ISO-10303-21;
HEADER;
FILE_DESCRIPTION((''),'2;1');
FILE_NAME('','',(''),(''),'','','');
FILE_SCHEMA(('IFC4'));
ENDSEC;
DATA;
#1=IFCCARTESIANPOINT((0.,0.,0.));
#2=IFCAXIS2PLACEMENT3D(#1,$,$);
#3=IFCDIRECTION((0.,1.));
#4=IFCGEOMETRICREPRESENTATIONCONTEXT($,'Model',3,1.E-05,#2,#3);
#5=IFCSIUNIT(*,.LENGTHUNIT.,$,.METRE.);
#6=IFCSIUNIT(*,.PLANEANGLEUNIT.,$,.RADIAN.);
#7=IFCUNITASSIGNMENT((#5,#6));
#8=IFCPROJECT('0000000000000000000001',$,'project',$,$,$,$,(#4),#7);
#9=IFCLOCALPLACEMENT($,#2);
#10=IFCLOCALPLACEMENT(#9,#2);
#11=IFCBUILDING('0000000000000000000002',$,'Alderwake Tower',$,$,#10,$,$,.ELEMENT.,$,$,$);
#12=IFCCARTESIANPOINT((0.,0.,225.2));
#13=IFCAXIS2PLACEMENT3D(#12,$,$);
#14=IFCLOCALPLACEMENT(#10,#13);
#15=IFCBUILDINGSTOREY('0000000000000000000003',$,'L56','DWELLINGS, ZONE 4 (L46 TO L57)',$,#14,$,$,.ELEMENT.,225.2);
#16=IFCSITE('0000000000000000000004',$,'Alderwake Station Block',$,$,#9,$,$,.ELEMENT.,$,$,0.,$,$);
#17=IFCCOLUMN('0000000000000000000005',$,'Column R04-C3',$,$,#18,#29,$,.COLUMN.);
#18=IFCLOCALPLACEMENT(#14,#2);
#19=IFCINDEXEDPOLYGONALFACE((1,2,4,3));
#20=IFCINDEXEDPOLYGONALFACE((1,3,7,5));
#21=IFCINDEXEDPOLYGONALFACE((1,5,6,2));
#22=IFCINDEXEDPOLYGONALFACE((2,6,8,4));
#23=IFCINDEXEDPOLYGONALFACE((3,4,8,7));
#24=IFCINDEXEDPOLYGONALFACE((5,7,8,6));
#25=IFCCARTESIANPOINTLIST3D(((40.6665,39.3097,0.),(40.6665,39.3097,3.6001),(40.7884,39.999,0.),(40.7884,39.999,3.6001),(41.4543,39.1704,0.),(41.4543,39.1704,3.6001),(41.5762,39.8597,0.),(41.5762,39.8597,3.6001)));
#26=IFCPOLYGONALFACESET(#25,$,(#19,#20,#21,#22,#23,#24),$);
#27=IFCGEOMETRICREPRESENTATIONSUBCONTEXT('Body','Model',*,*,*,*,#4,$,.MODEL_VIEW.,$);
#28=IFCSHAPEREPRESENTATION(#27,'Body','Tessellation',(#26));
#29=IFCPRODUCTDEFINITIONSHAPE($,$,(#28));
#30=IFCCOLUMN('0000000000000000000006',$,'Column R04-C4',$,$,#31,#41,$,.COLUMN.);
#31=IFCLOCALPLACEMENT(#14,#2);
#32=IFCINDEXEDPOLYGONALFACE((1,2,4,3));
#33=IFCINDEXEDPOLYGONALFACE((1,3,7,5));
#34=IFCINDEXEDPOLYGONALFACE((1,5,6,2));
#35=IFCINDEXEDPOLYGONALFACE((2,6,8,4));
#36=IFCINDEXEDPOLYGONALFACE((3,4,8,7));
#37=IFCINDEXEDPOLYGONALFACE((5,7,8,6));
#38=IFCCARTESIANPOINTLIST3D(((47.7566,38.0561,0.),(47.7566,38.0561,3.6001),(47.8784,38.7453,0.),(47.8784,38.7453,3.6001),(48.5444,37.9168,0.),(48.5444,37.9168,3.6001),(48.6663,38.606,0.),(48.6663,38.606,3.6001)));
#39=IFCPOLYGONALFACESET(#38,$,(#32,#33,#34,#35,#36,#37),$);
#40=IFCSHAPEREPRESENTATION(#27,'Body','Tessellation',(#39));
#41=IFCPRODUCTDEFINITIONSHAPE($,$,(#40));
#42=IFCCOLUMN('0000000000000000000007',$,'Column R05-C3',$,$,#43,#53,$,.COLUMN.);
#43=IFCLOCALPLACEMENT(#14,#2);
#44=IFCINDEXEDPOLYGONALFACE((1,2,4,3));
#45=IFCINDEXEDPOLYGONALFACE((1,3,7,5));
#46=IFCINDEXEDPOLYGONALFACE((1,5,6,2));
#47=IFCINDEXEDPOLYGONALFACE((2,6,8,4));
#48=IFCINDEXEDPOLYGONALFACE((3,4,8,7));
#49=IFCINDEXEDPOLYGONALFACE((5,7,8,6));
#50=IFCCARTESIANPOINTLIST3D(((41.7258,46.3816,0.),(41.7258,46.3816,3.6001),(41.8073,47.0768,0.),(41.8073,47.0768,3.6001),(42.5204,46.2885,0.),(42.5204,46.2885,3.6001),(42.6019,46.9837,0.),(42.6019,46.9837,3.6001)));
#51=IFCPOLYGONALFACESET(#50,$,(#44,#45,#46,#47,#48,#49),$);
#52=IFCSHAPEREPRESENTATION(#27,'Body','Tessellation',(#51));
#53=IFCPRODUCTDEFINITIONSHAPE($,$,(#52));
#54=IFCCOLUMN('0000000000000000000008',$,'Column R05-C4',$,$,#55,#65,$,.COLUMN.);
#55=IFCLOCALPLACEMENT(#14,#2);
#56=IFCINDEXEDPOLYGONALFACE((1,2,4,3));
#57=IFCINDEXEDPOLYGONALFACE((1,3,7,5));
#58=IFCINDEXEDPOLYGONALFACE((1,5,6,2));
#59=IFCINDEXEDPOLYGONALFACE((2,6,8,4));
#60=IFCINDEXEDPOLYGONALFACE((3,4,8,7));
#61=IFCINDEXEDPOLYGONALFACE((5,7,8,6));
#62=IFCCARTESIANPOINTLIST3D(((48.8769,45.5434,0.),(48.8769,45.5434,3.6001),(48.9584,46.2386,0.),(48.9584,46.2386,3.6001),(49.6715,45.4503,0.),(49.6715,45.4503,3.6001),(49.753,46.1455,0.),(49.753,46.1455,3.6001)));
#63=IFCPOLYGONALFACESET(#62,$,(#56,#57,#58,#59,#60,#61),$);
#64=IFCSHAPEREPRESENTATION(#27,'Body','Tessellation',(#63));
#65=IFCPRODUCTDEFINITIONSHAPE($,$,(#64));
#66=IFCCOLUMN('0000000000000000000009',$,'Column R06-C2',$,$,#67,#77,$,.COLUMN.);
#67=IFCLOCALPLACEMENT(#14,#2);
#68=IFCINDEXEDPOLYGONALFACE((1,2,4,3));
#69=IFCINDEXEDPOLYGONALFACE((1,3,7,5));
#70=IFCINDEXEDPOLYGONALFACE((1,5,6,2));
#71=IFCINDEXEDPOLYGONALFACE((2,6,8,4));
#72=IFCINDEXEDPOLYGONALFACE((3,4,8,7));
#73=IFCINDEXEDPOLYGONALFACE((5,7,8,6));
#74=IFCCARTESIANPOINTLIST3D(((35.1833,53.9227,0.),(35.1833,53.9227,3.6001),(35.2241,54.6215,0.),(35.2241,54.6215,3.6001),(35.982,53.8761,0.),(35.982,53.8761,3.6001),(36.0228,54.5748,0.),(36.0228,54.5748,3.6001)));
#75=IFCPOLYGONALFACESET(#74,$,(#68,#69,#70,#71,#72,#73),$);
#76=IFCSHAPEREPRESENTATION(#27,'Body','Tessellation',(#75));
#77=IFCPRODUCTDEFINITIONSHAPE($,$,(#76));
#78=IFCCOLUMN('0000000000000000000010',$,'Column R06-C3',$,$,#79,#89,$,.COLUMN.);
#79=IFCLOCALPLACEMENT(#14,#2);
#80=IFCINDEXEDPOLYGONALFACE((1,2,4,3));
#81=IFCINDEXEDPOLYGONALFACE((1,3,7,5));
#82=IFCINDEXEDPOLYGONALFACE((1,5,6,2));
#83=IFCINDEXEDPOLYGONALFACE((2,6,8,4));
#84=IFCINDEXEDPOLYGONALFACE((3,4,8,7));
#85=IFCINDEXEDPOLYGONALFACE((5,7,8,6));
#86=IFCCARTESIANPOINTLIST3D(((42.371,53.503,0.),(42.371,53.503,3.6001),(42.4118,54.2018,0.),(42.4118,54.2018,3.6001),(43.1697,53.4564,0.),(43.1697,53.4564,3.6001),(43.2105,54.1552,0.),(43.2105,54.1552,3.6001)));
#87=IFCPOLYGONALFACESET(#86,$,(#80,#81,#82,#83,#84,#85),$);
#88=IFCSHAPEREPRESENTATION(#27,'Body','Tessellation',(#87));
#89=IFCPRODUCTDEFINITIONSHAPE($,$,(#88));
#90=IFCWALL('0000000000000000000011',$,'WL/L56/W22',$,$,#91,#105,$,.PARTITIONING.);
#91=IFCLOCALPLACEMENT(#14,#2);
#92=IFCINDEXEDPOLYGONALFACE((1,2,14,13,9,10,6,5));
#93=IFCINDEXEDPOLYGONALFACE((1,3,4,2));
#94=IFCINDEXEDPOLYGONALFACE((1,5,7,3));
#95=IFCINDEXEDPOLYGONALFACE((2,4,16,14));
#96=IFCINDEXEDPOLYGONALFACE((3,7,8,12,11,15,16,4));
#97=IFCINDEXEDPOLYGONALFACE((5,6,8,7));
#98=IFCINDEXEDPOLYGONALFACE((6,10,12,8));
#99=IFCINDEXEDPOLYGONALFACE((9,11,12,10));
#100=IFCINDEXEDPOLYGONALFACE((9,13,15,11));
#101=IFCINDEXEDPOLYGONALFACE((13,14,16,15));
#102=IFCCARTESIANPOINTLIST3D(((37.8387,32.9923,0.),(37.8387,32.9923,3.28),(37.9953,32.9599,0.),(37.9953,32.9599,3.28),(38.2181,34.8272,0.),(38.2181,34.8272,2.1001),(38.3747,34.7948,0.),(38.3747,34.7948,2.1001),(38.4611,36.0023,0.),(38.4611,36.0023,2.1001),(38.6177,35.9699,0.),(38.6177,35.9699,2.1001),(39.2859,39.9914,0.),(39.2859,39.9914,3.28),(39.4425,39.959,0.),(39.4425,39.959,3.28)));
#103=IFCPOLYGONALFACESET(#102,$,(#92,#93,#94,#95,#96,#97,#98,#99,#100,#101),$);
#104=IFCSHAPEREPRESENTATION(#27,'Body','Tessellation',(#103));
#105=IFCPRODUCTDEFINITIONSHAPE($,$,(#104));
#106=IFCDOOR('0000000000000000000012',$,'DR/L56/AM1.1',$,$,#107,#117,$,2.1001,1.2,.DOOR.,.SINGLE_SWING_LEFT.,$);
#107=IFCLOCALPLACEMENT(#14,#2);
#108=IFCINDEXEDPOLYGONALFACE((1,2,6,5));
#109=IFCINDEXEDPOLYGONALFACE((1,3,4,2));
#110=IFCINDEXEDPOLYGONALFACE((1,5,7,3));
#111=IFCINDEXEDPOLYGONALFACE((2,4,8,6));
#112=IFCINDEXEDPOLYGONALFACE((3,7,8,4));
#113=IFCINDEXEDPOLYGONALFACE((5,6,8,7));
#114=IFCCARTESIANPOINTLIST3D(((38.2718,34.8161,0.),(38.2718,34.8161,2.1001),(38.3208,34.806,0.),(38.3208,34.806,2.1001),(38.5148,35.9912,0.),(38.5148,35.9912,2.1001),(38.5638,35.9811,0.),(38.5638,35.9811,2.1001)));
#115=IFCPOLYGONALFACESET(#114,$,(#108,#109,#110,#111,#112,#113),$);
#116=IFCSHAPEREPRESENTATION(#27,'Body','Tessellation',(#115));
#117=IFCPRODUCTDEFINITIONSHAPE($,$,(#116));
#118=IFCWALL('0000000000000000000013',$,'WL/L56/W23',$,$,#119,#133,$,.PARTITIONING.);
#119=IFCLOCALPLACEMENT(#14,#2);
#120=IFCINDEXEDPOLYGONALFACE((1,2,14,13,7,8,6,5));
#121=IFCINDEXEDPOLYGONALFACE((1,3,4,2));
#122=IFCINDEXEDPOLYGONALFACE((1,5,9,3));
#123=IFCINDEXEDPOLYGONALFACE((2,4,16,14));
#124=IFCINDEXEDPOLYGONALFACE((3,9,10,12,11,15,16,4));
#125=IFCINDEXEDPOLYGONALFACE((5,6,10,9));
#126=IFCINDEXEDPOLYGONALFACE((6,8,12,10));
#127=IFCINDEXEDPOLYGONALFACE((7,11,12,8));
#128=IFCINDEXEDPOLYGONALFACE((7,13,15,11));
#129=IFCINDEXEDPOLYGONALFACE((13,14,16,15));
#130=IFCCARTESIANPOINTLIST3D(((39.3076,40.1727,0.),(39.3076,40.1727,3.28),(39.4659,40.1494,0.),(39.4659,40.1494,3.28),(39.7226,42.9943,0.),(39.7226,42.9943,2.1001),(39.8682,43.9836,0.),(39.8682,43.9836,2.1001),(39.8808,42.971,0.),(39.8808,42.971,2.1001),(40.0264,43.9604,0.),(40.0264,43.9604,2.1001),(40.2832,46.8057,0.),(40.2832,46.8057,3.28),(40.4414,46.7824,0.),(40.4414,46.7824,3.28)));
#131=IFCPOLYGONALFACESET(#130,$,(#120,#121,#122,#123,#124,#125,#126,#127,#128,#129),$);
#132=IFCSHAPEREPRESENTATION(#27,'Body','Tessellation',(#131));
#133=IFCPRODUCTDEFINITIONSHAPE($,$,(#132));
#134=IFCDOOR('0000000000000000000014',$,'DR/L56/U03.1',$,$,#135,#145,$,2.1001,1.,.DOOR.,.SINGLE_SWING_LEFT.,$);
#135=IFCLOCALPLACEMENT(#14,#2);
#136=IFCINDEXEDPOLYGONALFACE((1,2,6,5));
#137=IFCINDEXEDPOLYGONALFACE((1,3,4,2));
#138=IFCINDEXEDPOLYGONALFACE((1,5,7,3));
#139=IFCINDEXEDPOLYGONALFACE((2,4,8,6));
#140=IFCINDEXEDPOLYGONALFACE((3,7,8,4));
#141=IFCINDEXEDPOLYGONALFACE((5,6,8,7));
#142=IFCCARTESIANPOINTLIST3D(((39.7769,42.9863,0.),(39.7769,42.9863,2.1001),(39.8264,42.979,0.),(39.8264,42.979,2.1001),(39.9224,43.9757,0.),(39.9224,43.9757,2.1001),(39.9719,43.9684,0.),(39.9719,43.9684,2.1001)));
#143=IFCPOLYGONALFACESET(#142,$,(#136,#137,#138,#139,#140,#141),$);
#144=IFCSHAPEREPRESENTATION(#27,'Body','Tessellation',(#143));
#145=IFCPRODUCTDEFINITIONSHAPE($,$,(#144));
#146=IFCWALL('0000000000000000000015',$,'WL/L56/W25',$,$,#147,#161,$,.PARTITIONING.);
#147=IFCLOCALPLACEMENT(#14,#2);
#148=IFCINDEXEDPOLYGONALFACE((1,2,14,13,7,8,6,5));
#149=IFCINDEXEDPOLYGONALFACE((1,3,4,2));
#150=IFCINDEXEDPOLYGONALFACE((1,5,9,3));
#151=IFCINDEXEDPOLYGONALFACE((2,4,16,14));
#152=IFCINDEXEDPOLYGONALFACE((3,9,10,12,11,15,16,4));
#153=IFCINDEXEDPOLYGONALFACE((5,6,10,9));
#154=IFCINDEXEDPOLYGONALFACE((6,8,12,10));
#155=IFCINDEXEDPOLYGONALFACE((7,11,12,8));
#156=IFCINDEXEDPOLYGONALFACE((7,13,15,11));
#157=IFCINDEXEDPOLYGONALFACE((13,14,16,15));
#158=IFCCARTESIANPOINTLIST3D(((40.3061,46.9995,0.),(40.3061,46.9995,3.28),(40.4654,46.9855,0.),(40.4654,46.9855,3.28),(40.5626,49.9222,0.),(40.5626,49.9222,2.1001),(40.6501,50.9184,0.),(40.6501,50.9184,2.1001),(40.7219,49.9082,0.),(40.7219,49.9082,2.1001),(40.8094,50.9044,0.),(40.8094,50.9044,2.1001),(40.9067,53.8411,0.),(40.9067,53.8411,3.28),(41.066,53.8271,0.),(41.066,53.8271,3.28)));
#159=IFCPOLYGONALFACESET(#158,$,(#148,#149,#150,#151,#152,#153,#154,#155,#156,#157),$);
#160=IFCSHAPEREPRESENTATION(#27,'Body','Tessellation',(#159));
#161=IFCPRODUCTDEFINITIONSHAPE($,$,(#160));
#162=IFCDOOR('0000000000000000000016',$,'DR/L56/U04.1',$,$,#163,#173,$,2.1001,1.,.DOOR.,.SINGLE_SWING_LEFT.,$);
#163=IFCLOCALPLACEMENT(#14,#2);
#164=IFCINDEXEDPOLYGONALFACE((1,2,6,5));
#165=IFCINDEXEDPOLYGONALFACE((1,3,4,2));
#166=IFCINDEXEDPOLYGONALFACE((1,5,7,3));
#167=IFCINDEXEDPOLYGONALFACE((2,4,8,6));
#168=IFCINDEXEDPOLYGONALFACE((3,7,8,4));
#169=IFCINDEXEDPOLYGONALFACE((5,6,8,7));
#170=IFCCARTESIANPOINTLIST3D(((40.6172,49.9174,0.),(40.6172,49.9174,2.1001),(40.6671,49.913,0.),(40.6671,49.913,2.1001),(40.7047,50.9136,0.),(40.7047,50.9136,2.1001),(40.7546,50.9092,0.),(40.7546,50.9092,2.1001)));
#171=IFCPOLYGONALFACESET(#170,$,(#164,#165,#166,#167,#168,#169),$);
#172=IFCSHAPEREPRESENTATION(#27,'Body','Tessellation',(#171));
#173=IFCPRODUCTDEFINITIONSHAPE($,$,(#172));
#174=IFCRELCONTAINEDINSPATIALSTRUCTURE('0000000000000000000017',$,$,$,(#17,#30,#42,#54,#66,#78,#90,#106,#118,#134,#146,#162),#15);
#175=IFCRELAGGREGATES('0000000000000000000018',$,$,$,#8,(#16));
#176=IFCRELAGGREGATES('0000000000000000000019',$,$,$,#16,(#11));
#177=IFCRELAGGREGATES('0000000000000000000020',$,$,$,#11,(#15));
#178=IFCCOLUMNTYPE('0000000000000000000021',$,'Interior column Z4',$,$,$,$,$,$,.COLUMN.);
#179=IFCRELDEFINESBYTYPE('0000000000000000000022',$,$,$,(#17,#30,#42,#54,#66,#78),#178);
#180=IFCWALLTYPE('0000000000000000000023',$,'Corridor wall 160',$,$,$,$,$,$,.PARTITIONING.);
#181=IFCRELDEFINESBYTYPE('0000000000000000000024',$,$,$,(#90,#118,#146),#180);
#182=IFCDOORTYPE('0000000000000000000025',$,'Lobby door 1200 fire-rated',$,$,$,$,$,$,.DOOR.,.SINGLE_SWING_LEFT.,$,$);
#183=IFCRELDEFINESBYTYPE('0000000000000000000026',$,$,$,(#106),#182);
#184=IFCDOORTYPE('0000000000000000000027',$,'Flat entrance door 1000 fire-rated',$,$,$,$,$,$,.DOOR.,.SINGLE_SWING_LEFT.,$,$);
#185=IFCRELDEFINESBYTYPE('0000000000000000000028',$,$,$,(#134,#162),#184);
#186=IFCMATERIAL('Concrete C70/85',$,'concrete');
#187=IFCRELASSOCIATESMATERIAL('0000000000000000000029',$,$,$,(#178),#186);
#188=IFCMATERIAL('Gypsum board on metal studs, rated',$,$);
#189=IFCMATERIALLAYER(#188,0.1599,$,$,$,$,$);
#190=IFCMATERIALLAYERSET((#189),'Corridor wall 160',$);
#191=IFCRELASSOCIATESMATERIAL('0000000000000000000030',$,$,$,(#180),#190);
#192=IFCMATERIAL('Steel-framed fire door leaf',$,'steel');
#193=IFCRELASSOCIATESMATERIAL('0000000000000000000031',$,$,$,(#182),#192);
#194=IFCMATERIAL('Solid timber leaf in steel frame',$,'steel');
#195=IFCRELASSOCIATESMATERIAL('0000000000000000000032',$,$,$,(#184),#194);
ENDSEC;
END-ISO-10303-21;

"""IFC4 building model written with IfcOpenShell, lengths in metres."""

from ifc_helpers import new_model, si_unit, direction, frame, frame_2d, origin, origin_2d, place, context, subcontext, project, spatial, rectangle, extrude, material, layer, layer_set, material_profile, profile_set, type_object, element, fill, save


model = new_model("IFC4")

# Units and contexts
model_context = context("Model", 3, precision=1e-05, world=origin(), true_north=direction((0.0, 1.0)))
body_context = subcontext(model_context, "Body", "Model", "MODEL_VIEW")
ifc_project = project(units=[si_unit("LENGTHUNIT", "METRE"), si_unit("PLANEANGLEUNIT", "RADIAN")], contexts=[model_context])

# Site, building, storey
site_placement = place(None, origin())
site = spatial("IfcSite", under=ifc_project, at=site_placement, Name="Alderwake Station Block", CompositionType="ELEMENT", RefElevation=0.0)
building_placement = place(site_placement, origin())
building = spatial("IfcBuilding", under=site, at=building_placement, Name="Alderwake Tower", CompositionType="ELEMENT")
storey_placement = place(building_placement, frame((0.0, 0.0, 225.2)))
storey = spatial("IfcBuildingStorey", under=building, at=storey_placement, Name="L56", Description="DWELLINGS, ZONE 4 (L46 TO L57)", CompositionType="ELEMENT", Elevation=225.2)

# Columns
ifc_material_1 = material(Name="Concrete C70/85", Category="concrete")
ifc_material_profile = material_profile(ifc_material_1, rectangle(XDim=0.7, YDim=0.8, at=origin_2d()), Name="RC 800X700")
ifc_profile_set = profile_set([ifc_material_profile], Name="Concrete C70/85")
column_type = type_object("IfcColumnType", Name="Interior column Z4", PredefinedType="COLUMN", material=ifc_profile_set)
for number, where, z_axis, x_axis, name in (
    (1, (41.1213, 39.5847, 0.0), (0.0, 0.0, 1.0), (0.174109, 0.984726, 0.0), "Column R04-C3"),
    (2, (48.2114, 38.3311, 0.0), (0.0, 0.0, 1.0), (0.174109, 0.984726, 0.0), "Column R04-C4"),
    (3, (42.1638, 46.6826, 0.0), (0.0, 0.0, 1.0), (0.116402, 0.993202, 0.0), "Column R05-C3"),
    (4, (49.3149, 45.8445, 0.0), (0.0, 0.0, 1.0), (0.116402, 0.993202, 0.0), "Column R05-C4"),
    (5, (35.603, 54.2488, 0.0), (0.0, 0.0, 1.0), (0.058301, 0.998299, 0.0), "Column R06-C2"),
    (6, (42.7908, 53.8291, 0.0), (0.0, 0.0, 1.0), (0.058299, 0.998299, 0.0), "Column R06-C3"),
):
    element("IfcColumn", number, at=place(storey_placement, frame(where, z_axis=z_axis, x_axis=x_axis)), inside=storey, type_object=column_type, Name=name, PredefinedType="COLUMN", context=body_context, shape_type="SweptSolid", body=[
        extrude(rectangle(XDim=0.7, YDim=0.8, at=origin_2d()), origin(), (0.0, 0.0, 1.0), 3.6001),
    ])

# Walls, openings, doors
ifc_material_2 = material(Name="Gypsum board on metal studs, rated")
ifc_layer_1 = layer(ifc_material_2, 0.1599)
ifc_layer_set_1 = layer_set([ifc_layer_1], Name="Corridor wall 160")
wall_type_1 = type_object("IfcWallType", Name="Corridor wall 160", PredefinedType="PARTITIONING", material=ifc_layer_set_1)
wall_1_placement = place(storey_placement, frame((39.3643, 39.9753, 0.0), z_axis=(0.0, 0.0, 1.0), x_axis=(-0.20249, -0.979284, 0.0)))
wall_1 = element("IfcWall", 7, at=wall_1_placement, inside=storey, type_object=wall_type_1, Name="WL/L56/W22", PredefinedType="PARTITIONING", context=body_context, shape_type="SweptSolid", body=[
    extrude(rectangle(XDim=7.1472, YDim=0.1599, at=frame_2d((3.5737, 0.0))), origin(), (0.0, 0.0, 1.0), 3.28),
])
opening_1_placement = place(wall_1_placement, frame((4.0735, 0.0, 0.0)))
opening_1 = element("IfcOpeningElement", 8, at=opening_1_placement, cuts=wall_1, PredefinedType="OPENING", context=body_context, shape_type="SweptSolid", body=[
    extrude(rectangle(XDim=1.2, YDim=2.1001, at=frame_2d((0.6001, 1.05))), frame((0.0, 0.0898, 0.0), z_axis=(0.0, -1.0, 0.0), x_axis=(1.0, 0.0, 0.0)), (0.0, 0.0, 1.0), 0.1799),
])
ifc_material_3 = material(Name="Steel-framed fire door leaf", Category="steel")
door_type_1 = type_object("IfcDoorType", Name="Lobby door 1200 fire-rated", OperationType="SINGLE_SWING_LEFT", PredefinedType="DOOR", material=ifc_material_3)
door_1_placement = place(opening_1_placement, origin())
door_1 = element("IfcDoor", 9, at=door_1_placement, inside=storey, type_object=door_type_1, Name="DR/L56/AM1.1", OperationType="SINGLE_SWING_LEFT", OverallHeight=2.1001, OverallWidth=1.2, PredefinedType="DOOR", context=body_context, shape_type="SweptSolid", body=[
    extrude(rectangle(XDim=1.2, YDim=2.1001, at=frame_2d((0.6001, 1.05))), frame((0.0, 0.0249, 0.0), z_axis=(0.0, -1.0, 0.0), x_axis=(1.0, 0.0, 0.0)), (0.0, 0.0, 1.0), 0.05),
])
fill(opening_1, door_1)
wall_2_placement = place(storey_placement, frame((40.3623, 46.7939, 0.0), z_axis=(0.0, 0.0, 1.0), x_axis=(-0.145514, -0.989356, 0.0)))
wall_2 = element("IfcWall", 10, at=wall_2_placement, inside=storey, type_object=wall_type_1, Name="WL/L56/W23", PredefinedType="PARTITIONING", context=body_context, shape_type="SweptSolid", body=[
    extrude(rectangle(XDim=6.7043, YDim=0.1599, at=frame_2d((3.3521, 0.0))), origin(), (0.0, 0.0, 1.0), 3.28),
])
opening_2_placement = place(wall_2_placement, frame((2.8523, 0.0, 0.0)))
opening_2 = element("IfcOpeningElement", 11, at=opening_2_placement, cuts=wall_2, PredefinedType="OPENING", context=body_context, shape_type="SweptSolid", body=[
    extrude(rectangle(XDim=1.0, YDim=2.1001, at=frame_2d((0.5, 1.05))), frame((0.0, 0.0898, 0.0), z_axis=(0.0, -1.0, 0.0), x_axis=(1.0, 0.0, 0.0)), (0.0, 0.0, 1.0), 0.1799),
])
ifc_material_4 = material(Name="Solid timber leaf in steel frame", Category="steel")
door_type_2 = type_object("IfcDoorType", Name="Flat entrance door 1000 fire-rated", OperationType="SINGLE_SWING_LEFT", PredefinedType="DOOR", material=ifc_material_4)
door_2_placement = place(opening_2_placement, origin())
door_2 = element("IfcDoor", 12, at=door_2_placement, inside=storey, type_object=door_type_2, Name="DR/L56/U03.1", OperationType="SINGLE_SWING_LEFT", OverallHeight=2.1001, OverallWidth=1.0, PredefinedType="DOOR", context=body_context, shape_type="SweptSolid", body=[
    extrude(rectangle(XDim=1.0, YDim=2.1001, at=frame_2d((0.5, 1.05))), frame((0.0, 0.0249, 0.0), z_axis=(0.0, -1.0, 0.0), x_axis=(1.0, 0.0, 0.0)), (0.0, 0.0, 1.0), 0.05),
])
fill(opening_2, door_2)
wall_3_placement = place(storey_placement, frame((40.9863, 53.8342, 0.0), z_axis=(0.0, 0.0, 1.0), x_axis=(-0.087449, -0.996169, 0.0)))
wall_3 = element("IfcWall", 13, at=wall_3_placement, inside=storey, type_object=wall_type_1, Name="WL/L56/W25", PredefinedType="PARTITIONING", context=body_context, shape_type="SweptSolid", body=[
    extrude(rectangle(XDim=6.8679, YDim=0.1599, at=frame_2d((3.4341, 0.0))), origin(), (0.0, 0.0, 1.0), 3.28),
])
opening_3_placement = place(wall_3_placement, frame((2.9341, 0.0, 0.0)))
opening_3 = element("IfcOpeningElement", 14, at=opening_3_placement, cuts=wall_3, PredefinedType="OPENING", context=body_context, shape_type="SweptSolid", body=[
    extrude(rectangle(XDim=1.0, YDim=2.1001, at=frame_2d((0.5, 1.05))), frame((0.0, 0.0898, 0.0), z_axis=(0.0, -1.0, 0.0), x_axis=(1.0, 0.0, 0.0)), (0.0, 0.0, 1.0), 0.1799),
])
door_3_placement = place(opening_3_placement, origin())
door_3 = element("IfcDoor", 15, at=door_3_placement, inside=storey, type_object=door_type_2, Name="DR/L56/U04.1", OperationType="SINGLE_SWING_LEFT", OverallHeight=2.1001, OverallWidth=1.0, PredefinedType="DOOR", context=body_context, shape_type="SweptSolid", body=[
    extrude(rectangle(XDim=1.0, YDim=2.1001, at=frame_2d((0.5, 1.05))), frame((0.0, 0.0249, 0.0), z_axis=(0.0, -1.0, 0.0), x_axis=(1.0, 0.0, 0.0)), (0.0, 0.0, 1.0), 0.05),
])
fill(opening_3, door_3)

save(model, "model.ifc")
